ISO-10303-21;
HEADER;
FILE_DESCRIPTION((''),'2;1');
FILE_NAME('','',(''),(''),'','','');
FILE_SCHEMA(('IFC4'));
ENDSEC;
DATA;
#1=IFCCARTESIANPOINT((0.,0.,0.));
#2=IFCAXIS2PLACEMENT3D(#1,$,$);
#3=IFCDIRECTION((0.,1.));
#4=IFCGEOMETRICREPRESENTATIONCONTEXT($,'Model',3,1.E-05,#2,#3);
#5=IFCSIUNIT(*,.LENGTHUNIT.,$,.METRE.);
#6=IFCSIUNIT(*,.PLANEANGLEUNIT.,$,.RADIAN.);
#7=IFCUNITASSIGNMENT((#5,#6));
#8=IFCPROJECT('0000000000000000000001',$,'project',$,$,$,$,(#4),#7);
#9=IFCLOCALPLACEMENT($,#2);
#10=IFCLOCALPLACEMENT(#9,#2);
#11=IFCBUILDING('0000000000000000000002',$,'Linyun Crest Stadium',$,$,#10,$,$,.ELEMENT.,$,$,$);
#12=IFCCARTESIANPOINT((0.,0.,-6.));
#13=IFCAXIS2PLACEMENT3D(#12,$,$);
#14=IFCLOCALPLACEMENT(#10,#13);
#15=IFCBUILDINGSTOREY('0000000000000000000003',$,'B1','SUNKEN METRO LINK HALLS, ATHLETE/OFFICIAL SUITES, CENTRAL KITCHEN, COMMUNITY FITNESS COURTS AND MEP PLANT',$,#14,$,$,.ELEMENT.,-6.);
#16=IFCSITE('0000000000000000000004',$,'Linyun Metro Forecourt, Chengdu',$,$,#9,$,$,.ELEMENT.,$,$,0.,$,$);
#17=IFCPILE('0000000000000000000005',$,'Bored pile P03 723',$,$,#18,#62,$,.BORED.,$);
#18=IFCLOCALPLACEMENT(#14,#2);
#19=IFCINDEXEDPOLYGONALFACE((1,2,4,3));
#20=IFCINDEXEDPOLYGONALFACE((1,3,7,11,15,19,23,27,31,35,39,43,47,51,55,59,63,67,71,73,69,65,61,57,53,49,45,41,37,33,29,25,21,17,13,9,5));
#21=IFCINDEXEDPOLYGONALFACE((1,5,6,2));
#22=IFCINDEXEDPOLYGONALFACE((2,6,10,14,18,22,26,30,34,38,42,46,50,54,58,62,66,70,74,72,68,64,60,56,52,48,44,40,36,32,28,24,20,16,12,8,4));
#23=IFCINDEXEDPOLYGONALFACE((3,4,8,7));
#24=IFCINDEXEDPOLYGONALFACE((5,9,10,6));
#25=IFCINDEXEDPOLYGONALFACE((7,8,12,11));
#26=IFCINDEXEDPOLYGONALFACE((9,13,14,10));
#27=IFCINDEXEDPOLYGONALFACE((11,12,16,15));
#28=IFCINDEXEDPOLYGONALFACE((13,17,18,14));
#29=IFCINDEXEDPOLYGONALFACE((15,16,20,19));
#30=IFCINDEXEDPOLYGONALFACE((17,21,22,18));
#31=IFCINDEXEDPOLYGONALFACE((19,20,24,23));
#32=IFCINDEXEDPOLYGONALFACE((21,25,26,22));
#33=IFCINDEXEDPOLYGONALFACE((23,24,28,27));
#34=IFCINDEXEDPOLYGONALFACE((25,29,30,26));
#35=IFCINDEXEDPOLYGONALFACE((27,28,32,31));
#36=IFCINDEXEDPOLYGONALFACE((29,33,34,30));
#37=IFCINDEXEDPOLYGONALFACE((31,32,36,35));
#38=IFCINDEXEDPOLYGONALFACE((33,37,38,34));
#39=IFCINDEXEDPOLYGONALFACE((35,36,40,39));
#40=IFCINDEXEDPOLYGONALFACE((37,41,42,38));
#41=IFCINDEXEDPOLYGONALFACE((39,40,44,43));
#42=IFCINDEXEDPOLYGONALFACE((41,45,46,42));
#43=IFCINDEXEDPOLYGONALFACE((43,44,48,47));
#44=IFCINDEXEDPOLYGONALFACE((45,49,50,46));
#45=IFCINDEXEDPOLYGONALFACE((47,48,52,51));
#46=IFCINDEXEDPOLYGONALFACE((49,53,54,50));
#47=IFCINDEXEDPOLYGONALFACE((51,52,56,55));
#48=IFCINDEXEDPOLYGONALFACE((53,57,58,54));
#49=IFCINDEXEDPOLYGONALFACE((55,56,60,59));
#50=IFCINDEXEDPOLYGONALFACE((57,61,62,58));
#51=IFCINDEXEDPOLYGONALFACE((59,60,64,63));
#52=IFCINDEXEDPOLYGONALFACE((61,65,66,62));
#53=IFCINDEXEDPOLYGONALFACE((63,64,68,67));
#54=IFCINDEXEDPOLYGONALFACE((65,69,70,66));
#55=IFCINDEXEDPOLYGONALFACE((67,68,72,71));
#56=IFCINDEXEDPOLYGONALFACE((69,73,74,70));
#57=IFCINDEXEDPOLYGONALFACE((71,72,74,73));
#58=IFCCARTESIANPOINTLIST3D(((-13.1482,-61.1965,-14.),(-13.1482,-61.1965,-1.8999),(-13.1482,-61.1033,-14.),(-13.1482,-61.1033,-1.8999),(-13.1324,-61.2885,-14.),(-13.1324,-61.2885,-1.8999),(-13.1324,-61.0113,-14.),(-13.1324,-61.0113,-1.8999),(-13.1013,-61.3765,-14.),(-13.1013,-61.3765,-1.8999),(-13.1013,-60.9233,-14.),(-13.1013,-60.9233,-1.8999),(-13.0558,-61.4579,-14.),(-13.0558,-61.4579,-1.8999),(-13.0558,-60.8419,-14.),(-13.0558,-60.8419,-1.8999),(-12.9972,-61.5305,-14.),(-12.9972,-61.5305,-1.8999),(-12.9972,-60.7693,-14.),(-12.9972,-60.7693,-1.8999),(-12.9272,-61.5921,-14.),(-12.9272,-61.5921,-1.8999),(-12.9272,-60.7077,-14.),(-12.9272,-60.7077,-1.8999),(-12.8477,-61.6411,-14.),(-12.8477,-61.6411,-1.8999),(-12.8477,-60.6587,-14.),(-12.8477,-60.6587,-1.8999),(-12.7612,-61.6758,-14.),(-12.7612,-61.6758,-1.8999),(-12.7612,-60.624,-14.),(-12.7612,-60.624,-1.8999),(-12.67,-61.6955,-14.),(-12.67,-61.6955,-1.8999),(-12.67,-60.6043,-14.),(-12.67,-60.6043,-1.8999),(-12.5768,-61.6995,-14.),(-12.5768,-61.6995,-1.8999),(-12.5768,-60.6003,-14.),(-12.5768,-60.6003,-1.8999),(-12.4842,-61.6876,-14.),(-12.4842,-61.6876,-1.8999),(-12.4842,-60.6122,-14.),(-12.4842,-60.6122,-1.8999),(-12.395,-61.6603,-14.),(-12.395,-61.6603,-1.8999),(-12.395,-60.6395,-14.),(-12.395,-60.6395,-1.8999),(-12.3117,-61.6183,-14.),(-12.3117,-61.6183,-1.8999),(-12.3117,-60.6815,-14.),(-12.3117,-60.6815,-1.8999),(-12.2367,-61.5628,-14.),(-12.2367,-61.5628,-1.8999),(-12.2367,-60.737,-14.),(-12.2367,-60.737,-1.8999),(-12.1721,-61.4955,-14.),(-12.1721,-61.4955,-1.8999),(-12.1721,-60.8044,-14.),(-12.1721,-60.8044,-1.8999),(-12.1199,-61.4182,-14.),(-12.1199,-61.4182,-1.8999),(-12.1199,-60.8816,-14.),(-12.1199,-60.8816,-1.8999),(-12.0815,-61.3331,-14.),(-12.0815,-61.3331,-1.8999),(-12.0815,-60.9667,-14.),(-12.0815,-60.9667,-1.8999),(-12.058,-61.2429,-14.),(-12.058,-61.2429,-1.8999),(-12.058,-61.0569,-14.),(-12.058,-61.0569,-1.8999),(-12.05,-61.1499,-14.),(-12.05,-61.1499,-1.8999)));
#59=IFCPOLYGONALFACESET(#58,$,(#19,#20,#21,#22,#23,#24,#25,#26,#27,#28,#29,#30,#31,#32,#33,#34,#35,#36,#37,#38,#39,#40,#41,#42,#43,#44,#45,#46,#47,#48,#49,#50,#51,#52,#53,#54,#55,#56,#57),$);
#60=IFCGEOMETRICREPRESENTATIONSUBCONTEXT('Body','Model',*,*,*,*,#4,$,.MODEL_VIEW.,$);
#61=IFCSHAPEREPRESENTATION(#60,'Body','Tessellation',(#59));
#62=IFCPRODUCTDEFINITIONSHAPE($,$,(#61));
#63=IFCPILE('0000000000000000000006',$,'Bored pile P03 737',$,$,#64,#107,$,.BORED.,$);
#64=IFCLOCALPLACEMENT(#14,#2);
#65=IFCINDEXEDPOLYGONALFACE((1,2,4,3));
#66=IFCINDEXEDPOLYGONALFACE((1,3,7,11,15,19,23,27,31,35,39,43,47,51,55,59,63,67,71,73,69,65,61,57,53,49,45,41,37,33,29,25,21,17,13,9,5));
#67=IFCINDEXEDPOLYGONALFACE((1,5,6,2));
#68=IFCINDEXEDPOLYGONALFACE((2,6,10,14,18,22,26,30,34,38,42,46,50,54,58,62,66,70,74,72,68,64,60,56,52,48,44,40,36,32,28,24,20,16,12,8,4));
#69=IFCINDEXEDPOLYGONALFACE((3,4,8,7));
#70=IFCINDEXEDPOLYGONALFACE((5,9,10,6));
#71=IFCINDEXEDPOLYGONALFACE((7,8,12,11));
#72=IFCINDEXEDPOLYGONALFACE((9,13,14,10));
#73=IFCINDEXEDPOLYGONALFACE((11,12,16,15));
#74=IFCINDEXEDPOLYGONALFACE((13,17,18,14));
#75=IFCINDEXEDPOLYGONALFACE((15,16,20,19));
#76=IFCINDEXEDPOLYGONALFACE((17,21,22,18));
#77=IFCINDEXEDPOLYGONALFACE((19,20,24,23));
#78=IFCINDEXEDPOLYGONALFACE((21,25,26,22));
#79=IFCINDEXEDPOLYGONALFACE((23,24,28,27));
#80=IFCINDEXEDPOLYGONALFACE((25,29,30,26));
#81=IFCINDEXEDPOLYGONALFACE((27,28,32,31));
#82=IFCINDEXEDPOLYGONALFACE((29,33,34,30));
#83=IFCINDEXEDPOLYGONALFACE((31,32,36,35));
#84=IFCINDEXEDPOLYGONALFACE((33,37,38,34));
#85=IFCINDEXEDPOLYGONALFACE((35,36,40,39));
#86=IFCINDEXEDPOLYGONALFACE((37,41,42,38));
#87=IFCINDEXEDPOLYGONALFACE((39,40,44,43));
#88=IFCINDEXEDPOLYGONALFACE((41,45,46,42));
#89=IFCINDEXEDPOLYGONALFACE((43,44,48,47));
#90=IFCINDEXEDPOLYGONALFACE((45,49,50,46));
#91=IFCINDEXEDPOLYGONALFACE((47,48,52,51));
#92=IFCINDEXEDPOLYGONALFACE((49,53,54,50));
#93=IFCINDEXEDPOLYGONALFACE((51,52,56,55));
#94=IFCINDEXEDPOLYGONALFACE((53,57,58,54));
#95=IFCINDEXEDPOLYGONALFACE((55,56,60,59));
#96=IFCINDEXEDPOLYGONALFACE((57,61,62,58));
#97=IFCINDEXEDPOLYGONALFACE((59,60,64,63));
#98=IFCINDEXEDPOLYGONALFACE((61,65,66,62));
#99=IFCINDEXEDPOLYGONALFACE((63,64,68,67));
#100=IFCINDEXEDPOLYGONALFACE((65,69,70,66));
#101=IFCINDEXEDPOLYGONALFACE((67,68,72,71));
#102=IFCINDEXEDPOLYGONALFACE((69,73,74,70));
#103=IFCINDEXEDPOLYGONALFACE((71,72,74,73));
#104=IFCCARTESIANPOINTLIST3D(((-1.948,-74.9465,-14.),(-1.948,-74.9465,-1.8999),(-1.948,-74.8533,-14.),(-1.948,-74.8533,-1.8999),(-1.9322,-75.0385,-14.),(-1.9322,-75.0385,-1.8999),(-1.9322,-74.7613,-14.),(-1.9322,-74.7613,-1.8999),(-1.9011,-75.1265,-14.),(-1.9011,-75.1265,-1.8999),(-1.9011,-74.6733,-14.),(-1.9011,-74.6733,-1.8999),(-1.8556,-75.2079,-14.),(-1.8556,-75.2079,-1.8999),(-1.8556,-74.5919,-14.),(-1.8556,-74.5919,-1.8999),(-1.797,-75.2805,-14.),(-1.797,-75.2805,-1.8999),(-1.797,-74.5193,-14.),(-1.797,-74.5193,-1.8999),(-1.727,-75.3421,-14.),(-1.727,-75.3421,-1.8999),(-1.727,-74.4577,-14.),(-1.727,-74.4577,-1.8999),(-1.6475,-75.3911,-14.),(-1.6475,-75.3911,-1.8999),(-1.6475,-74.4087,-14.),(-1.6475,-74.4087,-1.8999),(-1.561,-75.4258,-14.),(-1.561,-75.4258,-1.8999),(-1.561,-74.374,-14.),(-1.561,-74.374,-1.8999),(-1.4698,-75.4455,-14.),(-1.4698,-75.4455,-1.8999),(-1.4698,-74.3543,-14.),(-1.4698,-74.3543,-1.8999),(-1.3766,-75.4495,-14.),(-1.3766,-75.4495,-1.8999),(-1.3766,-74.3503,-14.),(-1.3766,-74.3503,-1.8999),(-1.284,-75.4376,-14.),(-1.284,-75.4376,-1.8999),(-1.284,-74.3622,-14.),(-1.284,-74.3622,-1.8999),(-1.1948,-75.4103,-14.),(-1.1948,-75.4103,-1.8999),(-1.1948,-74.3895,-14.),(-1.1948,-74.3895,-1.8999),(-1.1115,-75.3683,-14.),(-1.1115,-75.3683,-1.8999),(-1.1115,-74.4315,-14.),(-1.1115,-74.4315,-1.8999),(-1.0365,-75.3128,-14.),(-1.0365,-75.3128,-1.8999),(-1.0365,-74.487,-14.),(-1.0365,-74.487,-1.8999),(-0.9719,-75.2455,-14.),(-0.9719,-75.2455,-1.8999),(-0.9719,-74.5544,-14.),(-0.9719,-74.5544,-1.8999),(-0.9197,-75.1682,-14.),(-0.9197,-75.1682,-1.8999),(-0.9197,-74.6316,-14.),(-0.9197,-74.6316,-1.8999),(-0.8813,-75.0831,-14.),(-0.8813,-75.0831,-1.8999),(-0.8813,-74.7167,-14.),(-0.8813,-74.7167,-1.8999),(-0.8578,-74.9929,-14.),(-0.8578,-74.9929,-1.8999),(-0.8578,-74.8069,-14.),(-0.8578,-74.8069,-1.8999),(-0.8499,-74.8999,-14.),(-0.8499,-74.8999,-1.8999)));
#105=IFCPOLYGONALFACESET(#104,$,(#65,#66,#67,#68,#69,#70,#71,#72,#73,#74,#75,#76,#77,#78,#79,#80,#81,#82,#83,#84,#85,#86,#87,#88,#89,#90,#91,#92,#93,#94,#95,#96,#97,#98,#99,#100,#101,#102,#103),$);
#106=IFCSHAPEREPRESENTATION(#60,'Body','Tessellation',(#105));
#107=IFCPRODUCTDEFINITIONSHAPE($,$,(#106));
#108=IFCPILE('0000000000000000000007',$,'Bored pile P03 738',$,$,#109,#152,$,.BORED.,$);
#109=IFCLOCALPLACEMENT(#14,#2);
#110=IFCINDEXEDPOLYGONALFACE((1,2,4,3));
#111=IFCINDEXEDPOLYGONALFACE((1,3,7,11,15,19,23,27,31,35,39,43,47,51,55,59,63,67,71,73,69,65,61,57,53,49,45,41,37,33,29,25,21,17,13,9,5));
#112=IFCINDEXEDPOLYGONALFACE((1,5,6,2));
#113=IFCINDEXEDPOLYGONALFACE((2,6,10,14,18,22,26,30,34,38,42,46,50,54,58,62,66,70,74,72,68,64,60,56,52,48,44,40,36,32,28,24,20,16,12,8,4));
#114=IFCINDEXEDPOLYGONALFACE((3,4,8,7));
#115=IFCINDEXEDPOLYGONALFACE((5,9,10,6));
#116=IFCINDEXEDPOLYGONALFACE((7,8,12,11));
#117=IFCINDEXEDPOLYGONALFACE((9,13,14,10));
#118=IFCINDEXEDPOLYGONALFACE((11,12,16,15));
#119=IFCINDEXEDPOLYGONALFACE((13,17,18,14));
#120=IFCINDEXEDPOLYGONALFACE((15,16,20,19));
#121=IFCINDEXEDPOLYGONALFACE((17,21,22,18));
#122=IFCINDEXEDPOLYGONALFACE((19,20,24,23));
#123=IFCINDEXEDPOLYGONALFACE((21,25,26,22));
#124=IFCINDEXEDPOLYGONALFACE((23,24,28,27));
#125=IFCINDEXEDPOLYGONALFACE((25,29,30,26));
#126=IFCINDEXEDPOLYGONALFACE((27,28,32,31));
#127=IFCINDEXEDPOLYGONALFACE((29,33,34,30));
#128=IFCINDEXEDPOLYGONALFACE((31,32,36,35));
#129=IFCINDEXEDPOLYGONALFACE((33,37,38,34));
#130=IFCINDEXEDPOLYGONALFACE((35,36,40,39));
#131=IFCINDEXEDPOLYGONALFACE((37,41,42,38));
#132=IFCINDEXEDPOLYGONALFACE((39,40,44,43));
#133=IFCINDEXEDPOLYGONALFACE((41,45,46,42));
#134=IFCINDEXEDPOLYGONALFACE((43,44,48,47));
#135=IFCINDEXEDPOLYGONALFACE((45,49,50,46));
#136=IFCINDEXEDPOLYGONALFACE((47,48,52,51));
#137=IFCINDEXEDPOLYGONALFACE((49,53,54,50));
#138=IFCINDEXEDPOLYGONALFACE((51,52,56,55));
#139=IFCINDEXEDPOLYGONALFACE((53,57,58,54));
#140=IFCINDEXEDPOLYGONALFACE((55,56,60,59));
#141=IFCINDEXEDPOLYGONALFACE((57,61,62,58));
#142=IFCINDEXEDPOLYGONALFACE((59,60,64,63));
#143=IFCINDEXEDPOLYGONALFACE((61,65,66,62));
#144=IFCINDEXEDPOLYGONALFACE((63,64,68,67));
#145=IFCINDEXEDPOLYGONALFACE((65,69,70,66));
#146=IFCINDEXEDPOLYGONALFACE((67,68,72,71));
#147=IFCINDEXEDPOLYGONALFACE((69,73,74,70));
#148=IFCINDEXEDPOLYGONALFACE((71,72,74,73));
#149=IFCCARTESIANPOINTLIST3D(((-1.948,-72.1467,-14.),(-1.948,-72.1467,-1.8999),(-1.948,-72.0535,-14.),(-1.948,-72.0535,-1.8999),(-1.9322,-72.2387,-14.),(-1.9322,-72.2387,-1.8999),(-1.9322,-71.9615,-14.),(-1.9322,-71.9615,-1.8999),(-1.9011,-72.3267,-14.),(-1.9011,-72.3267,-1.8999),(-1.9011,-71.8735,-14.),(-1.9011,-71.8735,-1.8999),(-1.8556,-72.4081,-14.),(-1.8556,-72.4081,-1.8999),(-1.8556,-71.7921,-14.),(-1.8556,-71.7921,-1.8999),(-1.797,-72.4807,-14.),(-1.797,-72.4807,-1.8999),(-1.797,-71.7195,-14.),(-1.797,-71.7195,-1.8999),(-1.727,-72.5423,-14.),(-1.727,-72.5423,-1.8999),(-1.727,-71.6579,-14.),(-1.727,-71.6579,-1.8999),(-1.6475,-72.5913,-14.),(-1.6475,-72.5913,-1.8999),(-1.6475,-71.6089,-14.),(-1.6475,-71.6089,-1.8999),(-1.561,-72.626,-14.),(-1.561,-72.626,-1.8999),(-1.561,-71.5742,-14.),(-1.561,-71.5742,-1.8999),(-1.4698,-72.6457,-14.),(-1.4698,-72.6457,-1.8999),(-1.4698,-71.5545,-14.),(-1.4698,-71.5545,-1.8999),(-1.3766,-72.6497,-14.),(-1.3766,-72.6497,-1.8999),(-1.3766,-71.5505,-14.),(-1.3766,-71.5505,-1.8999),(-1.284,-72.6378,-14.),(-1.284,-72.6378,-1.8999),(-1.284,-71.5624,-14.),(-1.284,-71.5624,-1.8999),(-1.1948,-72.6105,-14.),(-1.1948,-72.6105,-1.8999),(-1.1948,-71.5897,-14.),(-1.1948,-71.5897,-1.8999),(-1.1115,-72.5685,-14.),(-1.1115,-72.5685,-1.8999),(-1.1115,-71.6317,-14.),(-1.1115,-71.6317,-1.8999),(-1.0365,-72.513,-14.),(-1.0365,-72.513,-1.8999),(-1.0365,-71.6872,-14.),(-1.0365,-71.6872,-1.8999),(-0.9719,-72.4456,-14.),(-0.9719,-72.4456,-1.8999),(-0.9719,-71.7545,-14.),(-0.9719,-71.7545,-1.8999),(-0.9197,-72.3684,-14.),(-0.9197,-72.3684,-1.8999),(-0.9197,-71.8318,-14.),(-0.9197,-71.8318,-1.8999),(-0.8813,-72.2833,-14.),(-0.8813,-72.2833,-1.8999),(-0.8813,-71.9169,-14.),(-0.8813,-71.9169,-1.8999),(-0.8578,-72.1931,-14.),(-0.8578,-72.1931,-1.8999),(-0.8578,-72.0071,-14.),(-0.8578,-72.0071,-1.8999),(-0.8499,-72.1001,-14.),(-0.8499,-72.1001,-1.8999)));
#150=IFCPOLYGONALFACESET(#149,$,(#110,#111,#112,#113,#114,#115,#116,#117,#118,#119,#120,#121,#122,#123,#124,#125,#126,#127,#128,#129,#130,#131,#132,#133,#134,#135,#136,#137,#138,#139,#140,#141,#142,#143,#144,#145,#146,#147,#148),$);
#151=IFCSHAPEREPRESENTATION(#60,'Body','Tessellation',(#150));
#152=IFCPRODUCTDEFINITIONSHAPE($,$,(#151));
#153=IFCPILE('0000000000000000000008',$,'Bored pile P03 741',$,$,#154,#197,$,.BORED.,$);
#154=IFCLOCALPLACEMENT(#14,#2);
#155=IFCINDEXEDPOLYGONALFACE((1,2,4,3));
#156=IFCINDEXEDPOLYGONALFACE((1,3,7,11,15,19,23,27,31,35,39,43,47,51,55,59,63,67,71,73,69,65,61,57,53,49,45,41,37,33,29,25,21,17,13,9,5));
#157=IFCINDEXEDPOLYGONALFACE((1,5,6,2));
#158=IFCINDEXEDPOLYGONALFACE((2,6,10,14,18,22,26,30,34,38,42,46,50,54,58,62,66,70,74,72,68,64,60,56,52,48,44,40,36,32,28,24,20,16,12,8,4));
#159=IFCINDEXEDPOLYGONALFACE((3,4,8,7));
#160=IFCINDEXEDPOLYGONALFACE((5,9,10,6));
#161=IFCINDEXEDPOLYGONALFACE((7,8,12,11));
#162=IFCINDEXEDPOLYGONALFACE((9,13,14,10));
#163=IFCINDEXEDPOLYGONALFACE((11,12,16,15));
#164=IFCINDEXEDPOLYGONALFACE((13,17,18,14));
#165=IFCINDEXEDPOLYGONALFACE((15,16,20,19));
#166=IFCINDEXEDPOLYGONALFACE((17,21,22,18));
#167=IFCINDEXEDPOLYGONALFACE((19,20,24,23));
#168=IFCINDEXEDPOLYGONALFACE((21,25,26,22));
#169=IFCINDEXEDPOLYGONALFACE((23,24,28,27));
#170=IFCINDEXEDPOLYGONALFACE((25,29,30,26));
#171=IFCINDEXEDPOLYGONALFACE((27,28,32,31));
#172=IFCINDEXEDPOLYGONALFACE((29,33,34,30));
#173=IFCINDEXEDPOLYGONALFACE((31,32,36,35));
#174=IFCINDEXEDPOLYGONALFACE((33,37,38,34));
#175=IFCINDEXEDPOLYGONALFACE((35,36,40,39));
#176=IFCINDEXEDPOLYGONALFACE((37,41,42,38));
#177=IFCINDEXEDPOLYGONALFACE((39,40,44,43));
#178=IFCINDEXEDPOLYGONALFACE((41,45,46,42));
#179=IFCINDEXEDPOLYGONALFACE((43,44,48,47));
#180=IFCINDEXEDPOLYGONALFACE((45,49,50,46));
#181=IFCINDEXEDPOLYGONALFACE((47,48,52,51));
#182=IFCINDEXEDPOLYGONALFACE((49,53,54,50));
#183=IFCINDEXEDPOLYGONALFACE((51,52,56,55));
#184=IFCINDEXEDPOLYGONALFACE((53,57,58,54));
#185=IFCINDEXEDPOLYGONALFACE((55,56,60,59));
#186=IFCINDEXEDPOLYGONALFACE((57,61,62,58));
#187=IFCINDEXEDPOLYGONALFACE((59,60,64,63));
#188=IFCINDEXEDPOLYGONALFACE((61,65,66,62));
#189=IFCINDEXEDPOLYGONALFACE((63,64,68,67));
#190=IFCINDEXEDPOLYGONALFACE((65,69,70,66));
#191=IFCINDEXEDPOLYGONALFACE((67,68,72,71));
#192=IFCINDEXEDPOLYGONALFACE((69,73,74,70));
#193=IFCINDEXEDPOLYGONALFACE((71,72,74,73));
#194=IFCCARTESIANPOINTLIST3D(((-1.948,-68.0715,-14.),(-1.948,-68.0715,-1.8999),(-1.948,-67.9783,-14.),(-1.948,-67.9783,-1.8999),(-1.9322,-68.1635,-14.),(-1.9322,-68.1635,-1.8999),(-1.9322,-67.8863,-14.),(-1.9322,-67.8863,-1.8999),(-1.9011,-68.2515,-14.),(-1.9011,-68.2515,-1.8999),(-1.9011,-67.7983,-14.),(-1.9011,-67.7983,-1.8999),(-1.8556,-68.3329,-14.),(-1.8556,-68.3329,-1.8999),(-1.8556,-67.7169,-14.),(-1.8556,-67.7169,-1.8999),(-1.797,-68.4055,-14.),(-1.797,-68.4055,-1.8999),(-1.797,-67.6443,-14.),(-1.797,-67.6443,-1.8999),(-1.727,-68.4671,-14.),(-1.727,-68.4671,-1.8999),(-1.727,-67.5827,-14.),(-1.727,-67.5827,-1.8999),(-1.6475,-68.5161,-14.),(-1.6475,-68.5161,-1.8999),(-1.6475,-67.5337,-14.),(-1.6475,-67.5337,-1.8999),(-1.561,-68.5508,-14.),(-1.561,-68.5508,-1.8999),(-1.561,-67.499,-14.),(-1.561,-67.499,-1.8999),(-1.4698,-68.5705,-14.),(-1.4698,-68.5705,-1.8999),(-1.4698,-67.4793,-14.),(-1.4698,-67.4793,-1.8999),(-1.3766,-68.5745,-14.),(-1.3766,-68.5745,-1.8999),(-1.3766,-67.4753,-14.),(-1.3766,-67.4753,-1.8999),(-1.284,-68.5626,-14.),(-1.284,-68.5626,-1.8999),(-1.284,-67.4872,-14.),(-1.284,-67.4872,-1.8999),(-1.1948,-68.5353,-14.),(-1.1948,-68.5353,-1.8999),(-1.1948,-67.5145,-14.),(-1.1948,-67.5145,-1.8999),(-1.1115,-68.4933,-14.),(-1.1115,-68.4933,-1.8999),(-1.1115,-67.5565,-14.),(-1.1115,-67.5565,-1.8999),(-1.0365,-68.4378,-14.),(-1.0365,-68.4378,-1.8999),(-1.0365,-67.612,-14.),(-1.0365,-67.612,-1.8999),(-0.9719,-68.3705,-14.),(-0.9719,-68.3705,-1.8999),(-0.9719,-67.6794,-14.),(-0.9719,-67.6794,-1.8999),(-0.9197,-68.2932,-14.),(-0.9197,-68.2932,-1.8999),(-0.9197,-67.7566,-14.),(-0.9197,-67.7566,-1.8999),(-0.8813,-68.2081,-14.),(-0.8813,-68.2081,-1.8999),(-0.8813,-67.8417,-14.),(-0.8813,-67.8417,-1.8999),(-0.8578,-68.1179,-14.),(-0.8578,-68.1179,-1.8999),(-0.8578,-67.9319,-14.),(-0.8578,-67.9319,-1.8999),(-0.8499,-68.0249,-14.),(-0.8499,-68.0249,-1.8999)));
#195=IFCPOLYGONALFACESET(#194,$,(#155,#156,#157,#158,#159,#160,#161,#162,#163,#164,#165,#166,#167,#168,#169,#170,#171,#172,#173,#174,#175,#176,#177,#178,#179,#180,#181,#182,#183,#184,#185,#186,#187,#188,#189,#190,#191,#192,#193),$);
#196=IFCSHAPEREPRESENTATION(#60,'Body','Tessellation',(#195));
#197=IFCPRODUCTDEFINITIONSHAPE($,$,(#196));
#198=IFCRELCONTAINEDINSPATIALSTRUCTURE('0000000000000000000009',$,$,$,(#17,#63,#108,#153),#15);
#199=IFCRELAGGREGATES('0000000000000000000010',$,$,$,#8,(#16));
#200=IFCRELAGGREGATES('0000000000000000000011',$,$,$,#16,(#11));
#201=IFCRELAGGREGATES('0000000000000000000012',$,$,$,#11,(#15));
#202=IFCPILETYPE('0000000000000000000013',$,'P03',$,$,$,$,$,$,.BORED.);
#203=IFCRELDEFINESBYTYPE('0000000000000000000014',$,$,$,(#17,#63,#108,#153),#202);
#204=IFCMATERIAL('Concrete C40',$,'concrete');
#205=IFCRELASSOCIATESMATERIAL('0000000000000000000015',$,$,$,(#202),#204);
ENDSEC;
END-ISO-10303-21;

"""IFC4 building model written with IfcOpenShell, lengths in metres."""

from ifc_helpers import new_model, si_unit, direction, frame, origin, origin_2d, place, context, subcontext, project, spatial, circle, extrude, material, material_profile, profile_set, type_object, element, save


model = new_model("IFC4")

# Units and contexts
model_context = context("Model", 3, precision=1e-05, world=origin(), true_north=direction((0.0, 1.0)))
body_context = subcontext(model_context, "Body", "Model", "MODEL_VIEW")
ifc_project = project(units=[si_unit("LENGTHUNIT", "METRE"), si_unit("PLANEANGLEUNIT", "RADIAN")], contexts=[model_context])

# Site, building, storey
site_placement = place(None, origin())
site = spatial("IfcSite", under=ifc_project, at=site_placement, Name="Linyun Metro Forecourt, Chengdu", CompositionType="ELEMENT", RefElevation=0.0)
building_placement = place(site_placement, origin())
building = spatial("IfcBuilding", under=site, at=building_placement, Name="Linyun Crest Stadium", CompositionType="ELEMENT")
storey_placement = place(building_placement, frame((0.0, 0.0, -6.0)))
storey = spatial("IfcBuildingStorey", under=building, at=storey_placement, Name="B1", Description="SUNKEN METRO LINK HALLS, ATHLETE/OFFICIAL SUITES, CENTRAL KITCHEN, COMMUNITY FITNESS COURTS AND MEP PLANT", CompositionType="ELEMENT", Elevation=-6.0)

# Piles
ifc_material_1 = material(Name="Concrete C40", Category="concrete")
ifc_material_profile_1 = material_profile(ifc_material_1, circle(Radius=0.55, at=origin_2d()), Name="BORED PILE 1100")
ifc_profile_set_1 = profile_set([ifc_material_profile_1], Name="Concrete C40")
pile_type_1 = type_object("IfcPileType", Name="P03", PredefinedType="BORED", material=ifc_profile_set_1)
for number, where, z_axis, x_axis, name in (
    (1, (-12.6001, -61.1499, -1.8999), (0.0, 0.0, -1.0), (1.0, 0.0, 0.0), "Bored pile P03 723"),
    (2, (-1.3999, -74.8999, -1.8999), (0.0, 0.0, -1.0), (1.0, 0.0, 0.0), "Bored pile P03 737"),
    (3, (-1.3999, -72.1001, -1.8999), (0.0, 0.0, -1.0), (1.0, 0.0, 0.0), "Bored pile P03 738"),
    (4, (-1.3999, -68.0249, -1.8999), (0.0, 0.0, -1.0), (1.0, 0.0, 0.0), "Bored pile P03 741"),
):
    element("IfcPile", number, at=place(storey_placement, frame(where, z_axis=z_axis, x_axis=x_axis)), inside=storey, type_object=pile_type_1, Name=name, PredefinedType="BORED", context=body_context, shape_type="SweptSolid", body=[
        extrude(circle(Radius=0.55, at=origin_2d()), origin(), (0.0, 0.0, 1.0), 12.1001),
    ])

save(model, "model.ifc")
